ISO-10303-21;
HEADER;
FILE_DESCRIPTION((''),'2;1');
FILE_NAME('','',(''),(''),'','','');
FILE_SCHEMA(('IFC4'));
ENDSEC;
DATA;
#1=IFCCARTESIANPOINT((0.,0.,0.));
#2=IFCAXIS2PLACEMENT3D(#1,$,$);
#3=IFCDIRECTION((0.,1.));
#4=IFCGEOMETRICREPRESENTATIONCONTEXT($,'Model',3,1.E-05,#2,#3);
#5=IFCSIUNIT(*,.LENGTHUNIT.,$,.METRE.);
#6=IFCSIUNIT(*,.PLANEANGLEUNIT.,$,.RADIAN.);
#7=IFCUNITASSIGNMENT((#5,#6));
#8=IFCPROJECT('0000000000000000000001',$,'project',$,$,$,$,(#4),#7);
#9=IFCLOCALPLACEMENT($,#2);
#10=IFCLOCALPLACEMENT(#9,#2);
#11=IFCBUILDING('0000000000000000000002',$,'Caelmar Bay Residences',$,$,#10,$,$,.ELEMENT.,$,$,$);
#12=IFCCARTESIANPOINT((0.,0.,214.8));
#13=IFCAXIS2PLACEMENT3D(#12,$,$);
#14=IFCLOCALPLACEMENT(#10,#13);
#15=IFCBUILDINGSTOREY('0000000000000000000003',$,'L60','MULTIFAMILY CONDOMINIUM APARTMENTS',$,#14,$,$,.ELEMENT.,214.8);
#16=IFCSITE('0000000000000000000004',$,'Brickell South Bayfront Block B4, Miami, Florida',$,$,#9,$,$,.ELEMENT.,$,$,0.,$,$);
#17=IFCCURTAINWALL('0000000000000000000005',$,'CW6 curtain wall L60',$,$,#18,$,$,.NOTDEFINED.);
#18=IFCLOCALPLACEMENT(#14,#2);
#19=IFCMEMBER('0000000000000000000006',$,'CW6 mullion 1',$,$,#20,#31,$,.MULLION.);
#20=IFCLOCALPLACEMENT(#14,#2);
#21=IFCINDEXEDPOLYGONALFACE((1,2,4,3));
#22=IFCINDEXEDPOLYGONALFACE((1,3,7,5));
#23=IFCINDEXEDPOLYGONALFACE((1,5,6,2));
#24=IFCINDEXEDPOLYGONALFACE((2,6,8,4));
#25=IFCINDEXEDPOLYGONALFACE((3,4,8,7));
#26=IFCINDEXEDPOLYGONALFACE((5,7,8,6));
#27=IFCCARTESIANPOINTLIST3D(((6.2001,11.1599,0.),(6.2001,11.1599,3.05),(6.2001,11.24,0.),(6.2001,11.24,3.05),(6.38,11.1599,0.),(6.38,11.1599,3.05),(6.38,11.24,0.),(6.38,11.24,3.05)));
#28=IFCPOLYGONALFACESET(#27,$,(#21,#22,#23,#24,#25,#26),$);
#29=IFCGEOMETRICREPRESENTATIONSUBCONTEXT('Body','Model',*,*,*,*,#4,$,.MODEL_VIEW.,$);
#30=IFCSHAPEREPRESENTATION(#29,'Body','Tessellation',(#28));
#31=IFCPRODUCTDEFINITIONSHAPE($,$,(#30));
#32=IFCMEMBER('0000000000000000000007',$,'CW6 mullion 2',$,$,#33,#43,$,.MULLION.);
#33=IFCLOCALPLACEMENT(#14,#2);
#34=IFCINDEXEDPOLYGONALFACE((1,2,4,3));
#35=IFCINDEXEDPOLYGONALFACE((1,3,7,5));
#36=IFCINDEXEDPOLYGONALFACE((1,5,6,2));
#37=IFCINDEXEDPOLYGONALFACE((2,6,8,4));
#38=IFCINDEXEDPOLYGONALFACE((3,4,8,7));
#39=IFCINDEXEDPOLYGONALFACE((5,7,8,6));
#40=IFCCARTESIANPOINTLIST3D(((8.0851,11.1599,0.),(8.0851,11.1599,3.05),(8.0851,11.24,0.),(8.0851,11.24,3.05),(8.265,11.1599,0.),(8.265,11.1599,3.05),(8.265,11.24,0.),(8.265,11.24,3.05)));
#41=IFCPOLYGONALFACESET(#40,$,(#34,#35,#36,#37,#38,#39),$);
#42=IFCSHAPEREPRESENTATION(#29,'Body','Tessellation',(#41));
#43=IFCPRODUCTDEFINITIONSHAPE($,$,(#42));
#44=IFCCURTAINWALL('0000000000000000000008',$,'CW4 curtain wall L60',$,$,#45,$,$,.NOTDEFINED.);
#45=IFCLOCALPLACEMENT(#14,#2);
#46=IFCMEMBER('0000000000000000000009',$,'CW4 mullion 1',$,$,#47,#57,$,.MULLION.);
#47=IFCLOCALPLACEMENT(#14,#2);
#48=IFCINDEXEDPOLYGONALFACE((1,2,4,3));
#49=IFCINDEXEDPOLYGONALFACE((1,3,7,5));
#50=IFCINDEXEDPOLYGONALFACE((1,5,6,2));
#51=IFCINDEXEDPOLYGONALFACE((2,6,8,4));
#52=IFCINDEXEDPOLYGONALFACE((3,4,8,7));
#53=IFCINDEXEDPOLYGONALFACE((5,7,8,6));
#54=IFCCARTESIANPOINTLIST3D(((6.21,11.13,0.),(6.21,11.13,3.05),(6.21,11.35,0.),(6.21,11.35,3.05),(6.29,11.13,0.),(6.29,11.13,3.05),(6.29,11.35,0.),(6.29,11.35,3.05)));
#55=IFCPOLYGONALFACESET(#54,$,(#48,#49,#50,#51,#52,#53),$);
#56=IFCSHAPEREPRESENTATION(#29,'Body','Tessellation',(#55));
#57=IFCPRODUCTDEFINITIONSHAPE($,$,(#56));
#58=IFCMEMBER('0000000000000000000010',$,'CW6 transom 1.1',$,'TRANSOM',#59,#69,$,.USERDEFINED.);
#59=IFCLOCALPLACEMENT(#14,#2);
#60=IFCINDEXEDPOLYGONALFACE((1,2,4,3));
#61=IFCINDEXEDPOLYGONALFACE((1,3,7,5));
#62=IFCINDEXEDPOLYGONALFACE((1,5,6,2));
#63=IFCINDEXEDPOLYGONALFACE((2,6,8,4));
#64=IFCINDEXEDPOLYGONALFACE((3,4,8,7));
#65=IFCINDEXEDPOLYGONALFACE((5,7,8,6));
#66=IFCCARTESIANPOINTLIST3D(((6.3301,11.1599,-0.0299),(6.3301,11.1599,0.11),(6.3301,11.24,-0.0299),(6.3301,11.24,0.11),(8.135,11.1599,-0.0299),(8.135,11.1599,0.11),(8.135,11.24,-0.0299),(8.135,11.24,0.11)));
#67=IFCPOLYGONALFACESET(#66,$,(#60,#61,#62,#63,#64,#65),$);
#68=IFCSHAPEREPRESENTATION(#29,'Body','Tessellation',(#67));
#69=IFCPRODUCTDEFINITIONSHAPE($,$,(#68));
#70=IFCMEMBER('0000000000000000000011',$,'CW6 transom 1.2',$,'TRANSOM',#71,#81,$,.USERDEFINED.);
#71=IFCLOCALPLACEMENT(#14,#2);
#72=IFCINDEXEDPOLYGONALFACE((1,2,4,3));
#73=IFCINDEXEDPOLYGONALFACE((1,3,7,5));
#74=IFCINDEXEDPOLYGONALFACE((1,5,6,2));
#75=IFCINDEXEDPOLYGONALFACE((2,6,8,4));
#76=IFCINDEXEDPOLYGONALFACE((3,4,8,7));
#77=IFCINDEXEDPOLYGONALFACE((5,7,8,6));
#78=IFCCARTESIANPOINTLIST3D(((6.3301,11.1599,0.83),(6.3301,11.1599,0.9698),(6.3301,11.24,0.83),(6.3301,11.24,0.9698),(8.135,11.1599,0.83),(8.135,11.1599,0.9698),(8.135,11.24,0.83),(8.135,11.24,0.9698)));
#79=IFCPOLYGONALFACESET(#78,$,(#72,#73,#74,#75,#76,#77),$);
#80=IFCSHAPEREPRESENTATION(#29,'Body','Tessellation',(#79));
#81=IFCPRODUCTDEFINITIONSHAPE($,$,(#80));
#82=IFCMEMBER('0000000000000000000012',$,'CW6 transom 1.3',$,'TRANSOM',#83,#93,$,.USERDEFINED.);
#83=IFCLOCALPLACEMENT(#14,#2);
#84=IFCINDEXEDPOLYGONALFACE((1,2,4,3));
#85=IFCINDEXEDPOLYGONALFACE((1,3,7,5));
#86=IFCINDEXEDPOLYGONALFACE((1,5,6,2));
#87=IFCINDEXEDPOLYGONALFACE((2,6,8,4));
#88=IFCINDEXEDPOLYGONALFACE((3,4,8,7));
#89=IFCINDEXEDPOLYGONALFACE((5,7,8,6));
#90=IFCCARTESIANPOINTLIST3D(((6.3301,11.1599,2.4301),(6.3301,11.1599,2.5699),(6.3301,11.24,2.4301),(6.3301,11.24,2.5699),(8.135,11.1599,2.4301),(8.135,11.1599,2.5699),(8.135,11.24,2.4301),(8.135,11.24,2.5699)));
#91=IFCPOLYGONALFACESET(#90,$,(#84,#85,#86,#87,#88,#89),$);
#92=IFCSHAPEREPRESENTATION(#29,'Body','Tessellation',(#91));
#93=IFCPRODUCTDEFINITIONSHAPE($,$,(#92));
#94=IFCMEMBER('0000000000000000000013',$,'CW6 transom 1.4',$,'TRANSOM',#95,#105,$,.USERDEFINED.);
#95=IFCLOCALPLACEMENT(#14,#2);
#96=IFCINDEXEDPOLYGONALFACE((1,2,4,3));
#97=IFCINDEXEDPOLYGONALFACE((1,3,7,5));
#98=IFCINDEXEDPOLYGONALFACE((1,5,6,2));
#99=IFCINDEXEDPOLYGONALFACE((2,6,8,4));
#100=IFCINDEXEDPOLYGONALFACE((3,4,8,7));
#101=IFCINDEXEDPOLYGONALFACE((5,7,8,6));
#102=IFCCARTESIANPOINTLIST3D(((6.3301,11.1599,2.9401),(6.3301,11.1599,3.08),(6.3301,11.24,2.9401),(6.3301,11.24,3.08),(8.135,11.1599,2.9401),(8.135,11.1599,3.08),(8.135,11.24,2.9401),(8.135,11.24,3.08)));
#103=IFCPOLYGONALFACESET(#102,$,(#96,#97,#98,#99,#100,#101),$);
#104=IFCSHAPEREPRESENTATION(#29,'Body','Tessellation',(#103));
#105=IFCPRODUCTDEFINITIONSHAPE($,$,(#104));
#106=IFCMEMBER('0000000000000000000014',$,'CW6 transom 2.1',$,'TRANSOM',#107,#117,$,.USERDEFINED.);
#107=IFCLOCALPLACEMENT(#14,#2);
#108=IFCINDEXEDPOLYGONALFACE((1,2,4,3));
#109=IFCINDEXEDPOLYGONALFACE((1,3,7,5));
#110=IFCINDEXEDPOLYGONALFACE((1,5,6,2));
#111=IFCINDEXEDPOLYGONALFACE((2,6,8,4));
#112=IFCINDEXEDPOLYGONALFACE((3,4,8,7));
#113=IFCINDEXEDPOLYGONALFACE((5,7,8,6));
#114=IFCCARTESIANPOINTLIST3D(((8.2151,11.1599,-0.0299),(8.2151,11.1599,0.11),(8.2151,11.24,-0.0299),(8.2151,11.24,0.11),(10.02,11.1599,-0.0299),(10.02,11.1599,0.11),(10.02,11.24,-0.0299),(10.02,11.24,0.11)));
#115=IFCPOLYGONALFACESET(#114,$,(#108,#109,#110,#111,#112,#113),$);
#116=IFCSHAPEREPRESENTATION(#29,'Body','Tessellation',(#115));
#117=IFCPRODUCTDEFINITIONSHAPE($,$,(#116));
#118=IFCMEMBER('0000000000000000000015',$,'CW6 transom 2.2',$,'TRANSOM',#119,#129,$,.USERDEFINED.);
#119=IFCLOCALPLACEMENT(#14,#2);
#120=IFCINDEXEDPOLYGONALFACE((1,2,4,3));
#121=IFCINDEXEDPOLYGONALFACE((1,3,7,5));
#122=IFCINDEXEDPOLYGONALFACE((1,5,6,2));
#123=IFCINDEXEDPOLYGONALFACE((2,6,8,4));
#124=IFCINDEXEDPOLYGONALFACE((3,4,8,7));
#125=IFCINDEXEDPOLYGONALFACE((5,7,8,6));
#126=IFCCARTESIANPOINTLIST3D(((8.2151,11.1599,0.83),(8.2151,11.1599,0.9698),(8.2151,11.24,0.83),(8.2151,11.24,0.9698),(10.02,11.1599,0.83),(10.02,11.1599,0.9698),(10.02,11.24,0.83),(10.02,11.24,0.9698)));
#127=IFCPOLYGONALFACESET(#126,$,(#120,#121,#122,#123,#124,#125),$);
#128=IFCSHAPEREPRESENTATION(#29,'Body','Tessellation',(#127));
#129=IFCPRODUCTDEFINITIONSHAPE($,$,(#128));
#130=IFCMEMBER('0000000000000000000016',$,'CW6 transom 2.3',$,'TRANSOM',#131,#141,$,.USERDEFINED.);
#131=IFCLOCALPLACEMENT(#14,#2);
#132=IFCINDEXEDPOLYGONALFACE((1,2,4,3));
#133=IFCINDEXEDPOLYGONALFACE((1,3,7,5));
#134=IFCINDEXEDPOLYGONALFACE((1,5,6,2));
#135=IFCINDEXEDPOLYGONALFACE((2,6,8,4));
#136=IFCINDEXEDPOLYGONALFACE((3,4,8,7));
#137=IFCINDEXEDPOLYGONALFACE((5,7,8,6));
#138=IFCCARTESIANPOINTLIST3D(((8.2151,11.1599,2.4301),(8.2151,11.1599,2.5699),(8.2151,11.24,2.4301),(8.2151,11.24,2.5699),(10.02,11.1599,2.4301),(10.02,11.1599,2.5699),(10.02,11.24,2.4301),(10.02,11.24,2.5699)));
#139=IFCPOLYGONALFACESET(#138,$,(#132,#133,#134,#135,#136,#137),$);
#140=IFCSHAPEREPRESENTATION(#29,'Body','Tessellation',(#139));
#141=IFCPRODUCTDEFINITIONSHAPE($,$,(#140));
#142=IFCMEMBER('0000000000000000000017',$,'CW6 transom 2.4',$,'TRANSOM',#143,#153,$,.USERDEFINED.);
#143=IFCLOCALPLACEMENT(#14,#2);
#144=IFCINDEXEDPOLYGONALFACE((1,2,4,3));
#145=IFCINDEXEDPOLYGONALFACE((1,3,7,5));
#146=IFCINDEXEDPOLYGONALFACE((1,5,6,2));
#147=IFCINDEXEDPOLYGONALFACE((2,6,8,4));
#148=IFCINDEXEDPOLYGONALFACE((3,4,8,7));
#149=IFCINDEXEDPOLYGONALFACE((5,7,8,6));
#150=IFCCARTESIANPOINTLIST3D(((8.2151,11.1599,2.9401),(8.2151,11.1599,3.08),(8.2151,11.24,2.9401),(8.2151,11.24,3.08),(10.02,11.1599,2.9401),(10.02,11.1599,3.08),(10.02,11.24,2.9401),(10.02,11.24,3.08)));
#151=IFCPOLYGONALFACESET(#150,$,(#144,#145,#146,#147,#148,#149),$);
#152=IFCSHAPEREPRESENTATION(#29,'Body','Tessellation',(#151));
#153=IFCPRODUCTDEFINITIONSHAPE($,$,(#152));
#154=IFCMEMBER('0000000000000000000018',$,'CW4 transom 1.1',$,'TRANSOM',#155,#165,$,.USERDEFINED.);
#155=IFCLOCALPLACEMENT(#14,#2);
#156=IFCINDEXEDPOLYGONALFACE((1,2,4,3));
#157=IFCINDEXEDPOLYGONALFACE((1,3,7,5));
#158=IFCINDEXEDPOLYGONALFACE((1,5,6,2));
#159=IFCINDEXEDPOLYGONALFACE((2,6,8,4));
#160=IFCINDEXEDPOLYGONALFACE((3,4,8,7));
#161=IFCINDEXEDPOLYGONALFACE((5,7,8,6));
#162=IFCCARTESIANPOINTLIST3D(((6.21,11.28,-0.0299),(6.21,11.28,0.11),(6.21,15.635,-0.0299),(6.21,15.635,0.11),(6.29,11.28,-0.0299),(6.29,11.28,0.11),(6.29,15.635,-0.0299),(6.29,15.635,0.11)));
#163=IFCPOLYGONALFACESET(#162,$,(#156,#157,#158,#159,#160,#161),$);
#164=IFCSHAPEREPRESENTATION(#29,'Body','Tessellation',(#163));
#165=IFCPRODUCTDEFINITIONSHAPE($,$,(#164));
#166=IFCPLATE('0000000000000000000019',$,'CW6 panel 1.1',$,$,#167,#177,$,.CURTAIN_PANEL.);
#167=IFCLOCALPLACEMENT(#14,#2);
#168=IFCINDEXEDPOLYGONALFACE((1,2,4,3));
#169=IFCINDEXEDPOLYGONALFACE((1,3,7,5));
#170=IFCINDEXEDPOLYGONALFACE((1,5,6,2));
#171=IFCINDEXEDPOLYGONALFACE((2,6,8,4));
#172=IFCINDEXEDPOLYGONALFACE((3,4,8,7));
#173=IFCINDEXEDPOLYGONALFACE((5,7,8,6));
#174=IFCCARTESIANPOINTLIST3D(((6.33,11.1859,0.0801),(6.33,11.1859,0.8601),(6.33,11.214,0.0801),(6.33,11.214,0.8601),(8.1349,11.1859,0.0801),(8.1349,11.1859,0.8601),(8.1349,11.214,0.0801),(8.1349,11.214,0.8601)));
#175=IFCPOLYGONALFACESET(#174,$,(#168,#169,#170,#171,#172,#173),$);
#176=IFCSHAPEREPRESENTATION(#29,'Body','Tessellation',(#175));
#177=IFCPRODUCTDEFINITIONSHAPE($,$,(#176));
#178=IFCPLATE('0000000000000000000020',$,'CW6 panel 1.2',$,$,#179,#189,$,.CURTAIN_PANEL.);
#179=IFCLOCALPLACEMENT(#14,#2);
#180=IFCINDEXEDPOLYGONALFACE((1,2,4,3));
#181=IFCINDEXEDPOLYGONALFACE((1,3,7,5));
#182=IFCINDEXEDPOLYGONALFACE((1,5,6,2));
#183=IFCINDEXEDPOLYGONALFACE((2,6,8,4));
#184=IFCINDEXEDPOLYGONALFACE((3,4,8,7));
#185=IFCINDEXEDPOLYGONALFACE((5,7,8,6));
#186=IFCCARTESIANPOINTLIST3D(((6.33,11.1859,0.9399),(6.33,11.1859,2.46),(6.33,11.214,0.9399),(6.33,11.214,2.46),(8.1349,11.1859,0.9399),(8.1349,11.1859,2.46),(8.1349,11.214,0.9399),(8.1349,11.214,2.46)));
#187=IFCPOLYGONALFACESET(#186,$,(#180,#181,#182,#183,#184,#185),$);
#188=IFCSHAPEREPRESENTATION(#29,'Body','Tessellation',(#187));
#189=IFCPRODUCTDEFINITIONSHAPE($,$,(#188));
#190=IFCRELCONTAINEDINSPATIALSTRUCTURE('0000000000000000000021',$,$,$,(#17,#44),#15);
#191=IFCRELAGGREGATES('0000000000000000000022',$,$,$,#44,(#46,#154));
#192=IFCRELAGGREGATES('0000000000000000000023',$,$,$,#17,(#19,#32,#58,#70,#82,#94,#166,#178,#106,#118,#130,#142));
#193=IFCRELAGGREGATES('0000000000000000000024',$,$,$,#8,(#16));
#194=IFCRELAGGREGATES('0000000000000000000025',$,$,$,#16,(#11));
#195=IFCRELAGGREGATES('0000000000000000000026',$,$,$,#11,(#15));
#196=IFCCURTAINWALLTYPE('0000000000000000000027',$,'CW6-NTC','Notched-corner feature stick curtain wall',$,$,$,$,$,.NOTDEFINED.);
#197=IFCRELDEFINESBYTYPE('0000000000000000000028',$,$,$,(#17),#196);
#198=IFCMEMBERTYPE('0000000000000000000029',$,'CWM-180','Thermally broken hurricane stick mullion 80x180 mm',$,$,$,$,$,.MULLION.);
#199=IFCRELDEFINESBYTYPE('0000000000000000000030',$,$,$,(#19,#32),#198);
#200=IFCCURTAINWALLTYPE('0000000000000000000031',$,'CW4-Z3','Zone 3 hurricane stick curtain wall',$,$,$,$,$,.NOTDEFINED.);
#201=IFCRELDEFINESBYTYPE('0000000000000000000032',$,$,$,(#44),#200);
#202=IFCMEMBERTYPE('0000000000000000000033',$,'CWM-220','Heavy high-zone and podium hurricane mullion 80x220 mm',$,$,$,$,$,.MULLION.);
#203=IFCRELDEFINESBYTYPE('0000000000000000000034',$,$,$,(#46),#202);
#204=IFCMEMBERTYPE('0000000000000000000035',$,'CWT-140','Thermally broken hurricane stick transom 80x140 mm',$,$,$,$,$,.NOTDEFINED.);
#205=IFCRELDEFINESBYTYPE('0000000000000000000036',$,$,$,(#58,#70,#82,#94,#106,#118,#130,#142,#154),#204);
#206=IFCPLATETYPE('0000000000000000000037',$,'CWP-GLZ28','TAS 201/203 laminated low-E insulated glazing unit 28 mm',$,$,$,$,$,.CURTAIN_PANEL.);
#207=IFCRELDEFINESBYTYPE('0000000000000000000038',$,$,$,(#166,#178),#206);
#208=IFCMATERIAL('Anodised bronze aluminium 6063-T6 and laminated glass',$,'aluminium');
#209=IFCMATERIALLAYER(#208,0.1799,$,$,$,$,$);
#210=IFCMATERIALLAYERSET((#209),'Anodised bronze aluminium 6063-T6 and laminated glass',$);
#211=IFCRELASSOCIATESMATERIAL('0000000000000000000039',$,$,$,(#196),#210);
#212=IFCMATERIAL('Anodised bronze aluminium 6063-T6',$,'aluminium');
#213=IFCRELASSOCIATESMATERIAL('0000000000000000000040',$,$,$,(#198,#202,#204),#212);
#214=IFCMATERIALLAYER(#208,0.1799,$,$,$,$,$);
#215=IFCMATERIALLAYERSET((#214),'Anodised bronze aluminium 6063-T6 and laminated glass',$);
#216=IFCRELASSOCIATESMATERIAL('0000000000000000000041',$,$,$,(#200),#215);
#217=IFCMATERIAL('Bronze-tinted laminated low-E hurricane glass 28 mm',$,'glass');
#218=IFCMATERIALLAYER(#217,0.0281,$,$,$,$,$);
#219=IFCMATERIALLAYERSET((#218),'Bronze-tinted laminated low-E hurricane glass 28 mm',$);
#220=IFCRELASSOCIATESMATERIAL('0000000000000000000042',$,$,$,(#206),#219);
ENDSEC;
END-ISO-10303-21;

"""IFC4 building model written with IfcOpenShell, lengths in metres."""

from ifc_helpers import new_model, si_unit, direction, frame, origin, origin_2d, place, context, subcontext, project, spatial, rectangle, extrude, material, layer, layer_set, material_profile, profile_set, type_object, element, aggregate, save


model = new_model("IFC4")

# Units and contexts
model_context = context("Model", 3, precision=1e-05, world=origin(), true_north=direction((0.0, 1.0)))
body_context = subcontext(model_context, "Body", "Model", "MODEL_VIEW")
ifc_project = project(units=[si_unit("LENGTHUNIT", "METRE"), si_unit("PLANEANGLEUNIT", "RADIAN")], contexts=[model_context])

# Site, building, storey
site_placement = place(None, origin())
site = spatial("IfcSite", under=ifc_project, at=site_placement, Name="Brickell South Bayfront Block B4, Miami, Florida", CompositionType="ELEMENT", RefElevation=0.0)
building_placement = place(site_placement, origin())
building = spatial("IfcBuilding", under=site, at=building_placement, Name="Caelmar Bay Residences", CompositionType="ELEMENT")
storey_placement = place(building_placement, frame((0.0, 0.0, 214.8)))
storey = spatial("IfcBuildingStorey", under=building, at=storey_placement, Name="L60", Description="MULTIFAMILY CONDOMINIUM APARTMENTS", CompositionType="ELEMENT", Elevation=214.8)

# Curtain wall, members
ifc_material_1 = material(Name="Anodised bronze aluminium 6063-T6 and laminated glass", Category="aluminium")
ifc_layer_1 = layer(ifc_material_1, 0.1799)
ifc_layer_set_1 = layer_set([ifc_layer_1], Name="Anodised bronze aluminium 6063-T6 and laminated glass")
curtain_wall_type_1 = type_object("IfcCurtainWallType", Name="CW6-NTC", Description="Notched-corner feature stick curtain wall", PredefinedType="NOTDEFINED", material=ifc_layer_set_1)
curtain_wall_1_placement = place(storey_placement, origin())
curtain_wall_1 = element("IfcCurtainWall", 1, at=curtain_wall_1_placement, inside=storey, type_object=curtain_wall_type_1, Name="CW6 curtain wall L60", PredefinedType="NOTDEFINED")
ifc_material_2 = material(Name="Anodised bronze aluminium 6063-T6", Category="aluminium")
ifc_material_profile_1 = material_profile(ifc_material_2, rectangle(XDim=0.0801, YDim=0.1799, at=origin_2d()), Name="CWM-80X180")
ifc_profile_set_1 = profile_set([ifc_material_profile_1], Name="Anodised bronze aluminium 6063-T6")
member_type_1 = type_object("IfcMemberType", Name="CWM-180", Description="Thermally broken hurricane stick mullion 80x180 mm", PredefinedType="MULLION", material=ifc_profile_set_1)
member_1_placement = place(storey_placement, frame((6.29, 11.2, 0.0), z_axis=(0.0, 0.0, 1.0), x_axis=(0.0, 1.0, 0.0)))
member_1 = element("IfcMember", 2, at=member_1_placement, type_object=member_type_1, Name="CW6 mullion 1", PredefinedType="MULLION", context=body_context, shape_type="SweptSolid", body=[
    extrude(rectangle(XDim=0.0801, YDim=0.1799, at=origin_2d()), origin(), (0.0, 0.0, 1.0), 3.05),
])
member_2_placement = place(storey_placement, frame((8.175, 11.2, 0.0), z_axis=(0.0, 0.0, 1.0), x_axis=(0.0, 1.0, 0.0)))
member_2 = element("IfcMember", 3, at=member_2_placement, type_object=member_type_1, Name="CW6 mullion 2", PredefinedType="MULLION", context=body_context, shape_type="SweptSolid", body=[
    extrude(rectangle(XDim=0.0801, YDim=0.1799, at=origin_2d()), origin(), (0.0, 0.0, 1.0), 3.05),
])

# Curtain wall, member
ifc_layer_2 = layer(ifc_material_1, 0.1799)
ifc_layer_set_2 = layer_set([ifc_layer_2], Name="Anodised bronze aluminium 6063-T6 and laminated glass")
curtain_wall_type_2 = type_object("IfcCurtainWallType", Name="CW4-Z3", Description="Zone 3 hurricane stick curtain wall", PredefinedType="NOTDEFINED", material=ifc_layer_set_2)
curtain_wall_2_placement = place(storey_placement, origin())
curtain_wall_2 = element("IfcCurtainWall", 4, at=curtain_wall_2_placement, inside=storey, type_object=curtain_wall_type_2, Name="CW4 curtain wall L60", PredefinedType="NOTDEFINED")
ifc_material_profile_2 = material_profile(ifc_material_2, rectangle(XDim=0.0801, YDim=0.22, at=origin_2d()), Name="CWM-80X220")
ifc_profile_set_2 = profile_set([ifc_material_profile_2], Name="Anodised bronze aluminium 6063-T6")
member_type_2 = type_object("IfcMemberType", Name="CWM-220", Description="Heavy high-zone and podium hurricane mullion 80x220 mm", PredefinedType="MULLION", material=ifc_profile_set_2)
member_3_placement = place(storey_placement, frame((6.25, 11.24, 0.0), z_axis=(0.0, 0.0, 1.0), x_axis=(-1.0, 0.0, 0.0)))
member_3 = element("IfcMember", 5, at=member_3_placement, type_object=member_type_2, Name="CW4 mullion 1", PredefinedType="MULLION", context=body_context, shape_type="SweptSolid", body=[
    extrude(rectangle(XDim=0.0801, YDim=0.22, at=origin_2d()), origin(), (0.0, 0.0, 1.0), 3.05),
])

# Members
ifc_material_profile_3 = material_profile(ifc_material_2, rectangle(XDim=0.0801, YDim=0.1399, at=origin_2d()), Name="CWT-80X140")
ifc_profile_set_3 = profile_set([ifc_material_profile_3], Name="Anodised bronze aluminium 6063-T6")
member_type_3 = type_object("IfcMemberType", Name="CWT-140", Description="Thermally broken hurricane stick transom 80x140 mm", PredefinedType="NOTDEFINED", material=ifc_profile_set_3)
member_4_placement = place(storey_placement, frame((6.3301, 11.2, 0.04), z_axis=(1.0, 0.0, 0.0), x_axis=(0.0, 1.0, 0.0)))
member_4 = element("IfcMember", 6, at=member_4_placement, type_object=member_type_3, Name="CW6 transom 1.1", ObjectType="TRANSOM", PredefinedType="USERDEFINED", context=body_context, shape_type="SweptSolid", body=[
    extrude(rectangle(XDim=0.0801, YDim=0.1399, at=origin_2d()), origin(), (0.0, 0.0, 1.0), 1.8049),
])
member_5_placement = place(storey_placement, frame((6.3301, 11.2, 0.8999), z_axis=(1.0, 0.0, 0.0), x_axis=(0.0, 1.0, 0.0)))
member_5 = element("IfcMember", 7, at=member_5_placement, type_object=member_type_3, Name="CW6 transom 1.2", ObjectType="TRANSOM", PredefinedType="USERDEFINED", context=body_context, shape_type="SweptSolid", body=[
    extrude(rectangle(XDim=0.0801, YDim=0.1399, at=origin_2d()), origin(), (0.0, 0.0, 1.0), 1.8049),
])
member_6_placement = place(storey_placement, frame((6.3301, 11.2, 2.5), z_axis=(1.0, 0.0, 0.0), x_axis=(0.0, 1.0, 0.0)))
member_6 = element("IfcMember", 8, at=member_6_placement, type_object=member_type_3, Name="CW6 transom 1.3", ObjectType="TRANSOM", PredefinedType="USERDEFINED", context=body_context, shape_type="SweptSolid", body=[
    extrude(rectangle(XDim=0.0801, YDim=0.1399, at=origin_2d()), origin(), (0.0, 0.0, 1.0), 1.8049),
])
member_7_placement = place(storey_placement, frame((6.3301, 11.2, 3.01), z_axis=(1.0, 0.0, 0.0), x_axis=(0.0, 1.0, 0.0)))
member_7 = element("IfcMember", 9, at=member_7_placement, type_object=member_type_3, Name="CW6 transom 1.4", ObjectType="TRANSOM", PredefinedType="USERDEFINED", context=body_context, shape_type="SweptSolid", body=[
    extrude(rectangle(XDim=0.0801, YDim=0.1399, at=origin_2d()), origin(), (0.0, 0.0, 1.0), 1.8049),
])
member_8_placement = place(storey_placement, frame((8.2151, 11.2, 0.04), z_axis=(1.0, 0.0, 0.0), x_axis=(0.0, 1.0, 0.0)))
member_8 = element("IfcMember", 10, at=member_8_placement, type_object=member_type_3, Name="CW6 transom 2.1", ObjectType="TRANSOM", PredefinedType="USERDEFINED", context=body_context, shape_type="SweptSolid", body=[
    extrude(rectangle(XDim=0.0801, YDim=0.1399, at=origin_2d()), origin(), (0.0, 0.0, 1.0), 1.8049),
])
member_9_placement = place(storey_placement, frame((8.2151, 11.2, 0.8999), z_axis=(1.0, 0.0, 0.0), x_axis=(0.0, 1.0, 0.0)))
member_9 = element("IfcMember", 11, at=member_9_placement, type_object=member_type_3, Name="CW6 transom 2.2", ObjectType="TRANSOM", PredefinedType="USERDEFINED", context=body_context, shape_type="SweptSolid", body=[
    extrude(rectangle(XDim=0.0801, YDim=0.1399, at=origin_2d()), origin(), (0.0, 0.0, 1.0), 1.8049),
])
member_10_placement = place(storey_placement, frame((8.2151, 11.2, 2.5), z_axis=(1.0, 0.0, 0.0), x_axis=(0.0, 1.0, 0.0)))
member_10 = element("IfcMember", 12, at=member_10_placement, type_object=member_type_3, Name="CW6 transom 2.3", ObjectType="TRANSOM", PredefinedType="USERDEFINED", context=body_context, shape_type="SweptSolid", body=[
    extrude(rectangle(XDim=0.0801, YDim=0.1399, at=origin_2d()), origin(), (0.0, 0.0, 1.0), 1.8049),
])
member_11_placement = place(storey_placement, frame((8.2151, 11.2, 3.01), z_axis=(1.0, 0.0, 0.0), x_axis=(0.0, 1.0, 0.0)))
member_11 = element("IfcMember", 13, at=member_11_placement, type_object=member_type_3, Name="CW6 transom 2.4", ObjectType="TRANSOM", PredefinedType="USERDEFINED", context=body_context, shape_type="SweptSolid", body=[
    extrude(rectangle(XDim=0.0801, YDim=0.1399, at=origin_2d()), origin(), (0.0, 0.0, 1.0), 1.8049),
])
member_12_placement = place(storey_placement, frame((6.25, 11.28, 0.04), z_axis=(0.0, 1.0, 0.0), x_axis=(-1.0, 0.0, 0.0)))
member_12 = element("IfcMember", 14, at=member_12_placement, type_object=member_type_3, Name="CW4 transom 1.1", ObjectType="TRANSOM", PredefinedType="USERDEFINED", context=body_context, shape_type="SweptSolid", body=[
    extrude(rectangle(XDim=0.0801, YDim=0.1399, at=origin_2d()), origin(), (0.0, 0.0, 1.0), 4.355),
])
aggregate(curtain_wall_2, [member_3, member_12])

# Plates
ifc_material_3 = material(Name="Bronze-tinted laminated low-E hurricane glass 28 mm", Category="glass")
ifc_layer_3 = layer(ifc_material_3, 0.0281)
ifc_layer_set_3 = layer_set([ifc_layer_3], Name="Bronze-tinted laminated low-E hurricane glass 28 mm")
plate_type = type_object("IfcPlateType", Name="CWP-GLZ28", Description="TAS 201/203 laminated low-E insulated glazing unit 28 mm", PredefinedType="CURTAIN_PANEL", material=ifc_layer_set_3)
plate_1_placement = place(storey_placement, frame((7.2324, 11.2, 0.0801), z_axis=(0.0, 0.0, 1.0), x_axis=(1.0, 0.0, 0.0)))
plate_1 = element("IfcPlate", 15, at=plate_1_placement, type_object=plate_type, Name="CW6 panel 1.1", PredefinedType="CURTAIN_PANEL", context=body_context, shape_type="SweptSolid", body=[
    extrude(rectangle(XDim=1.8049, YDim=0.0281, at=origin_2d()), origin(), (0.0, 0.0, 1.0), 0.78),
])
plate_2_placement = place(storey_placement, frame((7.2324, 11.2, 0.9399), z_axis=(0.0, 0.0, 1.0), x_axis=(1.0, 0.0, 0.0)))
plate_2 = element("IfcPlate", 16, at=plate_2_placement, type_object=plate_type, Name="CW6 panel 1.2", PredefinedType="CURTAIN_PANEL", context=body_context, shape_type="SweptSolid", body=[
    extrude(rectangle(XDim=1.8049, YDim=0.0281, at=origin_2d()), origin(), (0.0, 0.0, 1.0), 1.52),
])
aggregate(curtain_wall_1, [member_1, member_2, member_4, member_5, member_6, member_7, plate_1, plate_2, member_8, member_9, member_10, member_11])

save(model, "model.ifc")
